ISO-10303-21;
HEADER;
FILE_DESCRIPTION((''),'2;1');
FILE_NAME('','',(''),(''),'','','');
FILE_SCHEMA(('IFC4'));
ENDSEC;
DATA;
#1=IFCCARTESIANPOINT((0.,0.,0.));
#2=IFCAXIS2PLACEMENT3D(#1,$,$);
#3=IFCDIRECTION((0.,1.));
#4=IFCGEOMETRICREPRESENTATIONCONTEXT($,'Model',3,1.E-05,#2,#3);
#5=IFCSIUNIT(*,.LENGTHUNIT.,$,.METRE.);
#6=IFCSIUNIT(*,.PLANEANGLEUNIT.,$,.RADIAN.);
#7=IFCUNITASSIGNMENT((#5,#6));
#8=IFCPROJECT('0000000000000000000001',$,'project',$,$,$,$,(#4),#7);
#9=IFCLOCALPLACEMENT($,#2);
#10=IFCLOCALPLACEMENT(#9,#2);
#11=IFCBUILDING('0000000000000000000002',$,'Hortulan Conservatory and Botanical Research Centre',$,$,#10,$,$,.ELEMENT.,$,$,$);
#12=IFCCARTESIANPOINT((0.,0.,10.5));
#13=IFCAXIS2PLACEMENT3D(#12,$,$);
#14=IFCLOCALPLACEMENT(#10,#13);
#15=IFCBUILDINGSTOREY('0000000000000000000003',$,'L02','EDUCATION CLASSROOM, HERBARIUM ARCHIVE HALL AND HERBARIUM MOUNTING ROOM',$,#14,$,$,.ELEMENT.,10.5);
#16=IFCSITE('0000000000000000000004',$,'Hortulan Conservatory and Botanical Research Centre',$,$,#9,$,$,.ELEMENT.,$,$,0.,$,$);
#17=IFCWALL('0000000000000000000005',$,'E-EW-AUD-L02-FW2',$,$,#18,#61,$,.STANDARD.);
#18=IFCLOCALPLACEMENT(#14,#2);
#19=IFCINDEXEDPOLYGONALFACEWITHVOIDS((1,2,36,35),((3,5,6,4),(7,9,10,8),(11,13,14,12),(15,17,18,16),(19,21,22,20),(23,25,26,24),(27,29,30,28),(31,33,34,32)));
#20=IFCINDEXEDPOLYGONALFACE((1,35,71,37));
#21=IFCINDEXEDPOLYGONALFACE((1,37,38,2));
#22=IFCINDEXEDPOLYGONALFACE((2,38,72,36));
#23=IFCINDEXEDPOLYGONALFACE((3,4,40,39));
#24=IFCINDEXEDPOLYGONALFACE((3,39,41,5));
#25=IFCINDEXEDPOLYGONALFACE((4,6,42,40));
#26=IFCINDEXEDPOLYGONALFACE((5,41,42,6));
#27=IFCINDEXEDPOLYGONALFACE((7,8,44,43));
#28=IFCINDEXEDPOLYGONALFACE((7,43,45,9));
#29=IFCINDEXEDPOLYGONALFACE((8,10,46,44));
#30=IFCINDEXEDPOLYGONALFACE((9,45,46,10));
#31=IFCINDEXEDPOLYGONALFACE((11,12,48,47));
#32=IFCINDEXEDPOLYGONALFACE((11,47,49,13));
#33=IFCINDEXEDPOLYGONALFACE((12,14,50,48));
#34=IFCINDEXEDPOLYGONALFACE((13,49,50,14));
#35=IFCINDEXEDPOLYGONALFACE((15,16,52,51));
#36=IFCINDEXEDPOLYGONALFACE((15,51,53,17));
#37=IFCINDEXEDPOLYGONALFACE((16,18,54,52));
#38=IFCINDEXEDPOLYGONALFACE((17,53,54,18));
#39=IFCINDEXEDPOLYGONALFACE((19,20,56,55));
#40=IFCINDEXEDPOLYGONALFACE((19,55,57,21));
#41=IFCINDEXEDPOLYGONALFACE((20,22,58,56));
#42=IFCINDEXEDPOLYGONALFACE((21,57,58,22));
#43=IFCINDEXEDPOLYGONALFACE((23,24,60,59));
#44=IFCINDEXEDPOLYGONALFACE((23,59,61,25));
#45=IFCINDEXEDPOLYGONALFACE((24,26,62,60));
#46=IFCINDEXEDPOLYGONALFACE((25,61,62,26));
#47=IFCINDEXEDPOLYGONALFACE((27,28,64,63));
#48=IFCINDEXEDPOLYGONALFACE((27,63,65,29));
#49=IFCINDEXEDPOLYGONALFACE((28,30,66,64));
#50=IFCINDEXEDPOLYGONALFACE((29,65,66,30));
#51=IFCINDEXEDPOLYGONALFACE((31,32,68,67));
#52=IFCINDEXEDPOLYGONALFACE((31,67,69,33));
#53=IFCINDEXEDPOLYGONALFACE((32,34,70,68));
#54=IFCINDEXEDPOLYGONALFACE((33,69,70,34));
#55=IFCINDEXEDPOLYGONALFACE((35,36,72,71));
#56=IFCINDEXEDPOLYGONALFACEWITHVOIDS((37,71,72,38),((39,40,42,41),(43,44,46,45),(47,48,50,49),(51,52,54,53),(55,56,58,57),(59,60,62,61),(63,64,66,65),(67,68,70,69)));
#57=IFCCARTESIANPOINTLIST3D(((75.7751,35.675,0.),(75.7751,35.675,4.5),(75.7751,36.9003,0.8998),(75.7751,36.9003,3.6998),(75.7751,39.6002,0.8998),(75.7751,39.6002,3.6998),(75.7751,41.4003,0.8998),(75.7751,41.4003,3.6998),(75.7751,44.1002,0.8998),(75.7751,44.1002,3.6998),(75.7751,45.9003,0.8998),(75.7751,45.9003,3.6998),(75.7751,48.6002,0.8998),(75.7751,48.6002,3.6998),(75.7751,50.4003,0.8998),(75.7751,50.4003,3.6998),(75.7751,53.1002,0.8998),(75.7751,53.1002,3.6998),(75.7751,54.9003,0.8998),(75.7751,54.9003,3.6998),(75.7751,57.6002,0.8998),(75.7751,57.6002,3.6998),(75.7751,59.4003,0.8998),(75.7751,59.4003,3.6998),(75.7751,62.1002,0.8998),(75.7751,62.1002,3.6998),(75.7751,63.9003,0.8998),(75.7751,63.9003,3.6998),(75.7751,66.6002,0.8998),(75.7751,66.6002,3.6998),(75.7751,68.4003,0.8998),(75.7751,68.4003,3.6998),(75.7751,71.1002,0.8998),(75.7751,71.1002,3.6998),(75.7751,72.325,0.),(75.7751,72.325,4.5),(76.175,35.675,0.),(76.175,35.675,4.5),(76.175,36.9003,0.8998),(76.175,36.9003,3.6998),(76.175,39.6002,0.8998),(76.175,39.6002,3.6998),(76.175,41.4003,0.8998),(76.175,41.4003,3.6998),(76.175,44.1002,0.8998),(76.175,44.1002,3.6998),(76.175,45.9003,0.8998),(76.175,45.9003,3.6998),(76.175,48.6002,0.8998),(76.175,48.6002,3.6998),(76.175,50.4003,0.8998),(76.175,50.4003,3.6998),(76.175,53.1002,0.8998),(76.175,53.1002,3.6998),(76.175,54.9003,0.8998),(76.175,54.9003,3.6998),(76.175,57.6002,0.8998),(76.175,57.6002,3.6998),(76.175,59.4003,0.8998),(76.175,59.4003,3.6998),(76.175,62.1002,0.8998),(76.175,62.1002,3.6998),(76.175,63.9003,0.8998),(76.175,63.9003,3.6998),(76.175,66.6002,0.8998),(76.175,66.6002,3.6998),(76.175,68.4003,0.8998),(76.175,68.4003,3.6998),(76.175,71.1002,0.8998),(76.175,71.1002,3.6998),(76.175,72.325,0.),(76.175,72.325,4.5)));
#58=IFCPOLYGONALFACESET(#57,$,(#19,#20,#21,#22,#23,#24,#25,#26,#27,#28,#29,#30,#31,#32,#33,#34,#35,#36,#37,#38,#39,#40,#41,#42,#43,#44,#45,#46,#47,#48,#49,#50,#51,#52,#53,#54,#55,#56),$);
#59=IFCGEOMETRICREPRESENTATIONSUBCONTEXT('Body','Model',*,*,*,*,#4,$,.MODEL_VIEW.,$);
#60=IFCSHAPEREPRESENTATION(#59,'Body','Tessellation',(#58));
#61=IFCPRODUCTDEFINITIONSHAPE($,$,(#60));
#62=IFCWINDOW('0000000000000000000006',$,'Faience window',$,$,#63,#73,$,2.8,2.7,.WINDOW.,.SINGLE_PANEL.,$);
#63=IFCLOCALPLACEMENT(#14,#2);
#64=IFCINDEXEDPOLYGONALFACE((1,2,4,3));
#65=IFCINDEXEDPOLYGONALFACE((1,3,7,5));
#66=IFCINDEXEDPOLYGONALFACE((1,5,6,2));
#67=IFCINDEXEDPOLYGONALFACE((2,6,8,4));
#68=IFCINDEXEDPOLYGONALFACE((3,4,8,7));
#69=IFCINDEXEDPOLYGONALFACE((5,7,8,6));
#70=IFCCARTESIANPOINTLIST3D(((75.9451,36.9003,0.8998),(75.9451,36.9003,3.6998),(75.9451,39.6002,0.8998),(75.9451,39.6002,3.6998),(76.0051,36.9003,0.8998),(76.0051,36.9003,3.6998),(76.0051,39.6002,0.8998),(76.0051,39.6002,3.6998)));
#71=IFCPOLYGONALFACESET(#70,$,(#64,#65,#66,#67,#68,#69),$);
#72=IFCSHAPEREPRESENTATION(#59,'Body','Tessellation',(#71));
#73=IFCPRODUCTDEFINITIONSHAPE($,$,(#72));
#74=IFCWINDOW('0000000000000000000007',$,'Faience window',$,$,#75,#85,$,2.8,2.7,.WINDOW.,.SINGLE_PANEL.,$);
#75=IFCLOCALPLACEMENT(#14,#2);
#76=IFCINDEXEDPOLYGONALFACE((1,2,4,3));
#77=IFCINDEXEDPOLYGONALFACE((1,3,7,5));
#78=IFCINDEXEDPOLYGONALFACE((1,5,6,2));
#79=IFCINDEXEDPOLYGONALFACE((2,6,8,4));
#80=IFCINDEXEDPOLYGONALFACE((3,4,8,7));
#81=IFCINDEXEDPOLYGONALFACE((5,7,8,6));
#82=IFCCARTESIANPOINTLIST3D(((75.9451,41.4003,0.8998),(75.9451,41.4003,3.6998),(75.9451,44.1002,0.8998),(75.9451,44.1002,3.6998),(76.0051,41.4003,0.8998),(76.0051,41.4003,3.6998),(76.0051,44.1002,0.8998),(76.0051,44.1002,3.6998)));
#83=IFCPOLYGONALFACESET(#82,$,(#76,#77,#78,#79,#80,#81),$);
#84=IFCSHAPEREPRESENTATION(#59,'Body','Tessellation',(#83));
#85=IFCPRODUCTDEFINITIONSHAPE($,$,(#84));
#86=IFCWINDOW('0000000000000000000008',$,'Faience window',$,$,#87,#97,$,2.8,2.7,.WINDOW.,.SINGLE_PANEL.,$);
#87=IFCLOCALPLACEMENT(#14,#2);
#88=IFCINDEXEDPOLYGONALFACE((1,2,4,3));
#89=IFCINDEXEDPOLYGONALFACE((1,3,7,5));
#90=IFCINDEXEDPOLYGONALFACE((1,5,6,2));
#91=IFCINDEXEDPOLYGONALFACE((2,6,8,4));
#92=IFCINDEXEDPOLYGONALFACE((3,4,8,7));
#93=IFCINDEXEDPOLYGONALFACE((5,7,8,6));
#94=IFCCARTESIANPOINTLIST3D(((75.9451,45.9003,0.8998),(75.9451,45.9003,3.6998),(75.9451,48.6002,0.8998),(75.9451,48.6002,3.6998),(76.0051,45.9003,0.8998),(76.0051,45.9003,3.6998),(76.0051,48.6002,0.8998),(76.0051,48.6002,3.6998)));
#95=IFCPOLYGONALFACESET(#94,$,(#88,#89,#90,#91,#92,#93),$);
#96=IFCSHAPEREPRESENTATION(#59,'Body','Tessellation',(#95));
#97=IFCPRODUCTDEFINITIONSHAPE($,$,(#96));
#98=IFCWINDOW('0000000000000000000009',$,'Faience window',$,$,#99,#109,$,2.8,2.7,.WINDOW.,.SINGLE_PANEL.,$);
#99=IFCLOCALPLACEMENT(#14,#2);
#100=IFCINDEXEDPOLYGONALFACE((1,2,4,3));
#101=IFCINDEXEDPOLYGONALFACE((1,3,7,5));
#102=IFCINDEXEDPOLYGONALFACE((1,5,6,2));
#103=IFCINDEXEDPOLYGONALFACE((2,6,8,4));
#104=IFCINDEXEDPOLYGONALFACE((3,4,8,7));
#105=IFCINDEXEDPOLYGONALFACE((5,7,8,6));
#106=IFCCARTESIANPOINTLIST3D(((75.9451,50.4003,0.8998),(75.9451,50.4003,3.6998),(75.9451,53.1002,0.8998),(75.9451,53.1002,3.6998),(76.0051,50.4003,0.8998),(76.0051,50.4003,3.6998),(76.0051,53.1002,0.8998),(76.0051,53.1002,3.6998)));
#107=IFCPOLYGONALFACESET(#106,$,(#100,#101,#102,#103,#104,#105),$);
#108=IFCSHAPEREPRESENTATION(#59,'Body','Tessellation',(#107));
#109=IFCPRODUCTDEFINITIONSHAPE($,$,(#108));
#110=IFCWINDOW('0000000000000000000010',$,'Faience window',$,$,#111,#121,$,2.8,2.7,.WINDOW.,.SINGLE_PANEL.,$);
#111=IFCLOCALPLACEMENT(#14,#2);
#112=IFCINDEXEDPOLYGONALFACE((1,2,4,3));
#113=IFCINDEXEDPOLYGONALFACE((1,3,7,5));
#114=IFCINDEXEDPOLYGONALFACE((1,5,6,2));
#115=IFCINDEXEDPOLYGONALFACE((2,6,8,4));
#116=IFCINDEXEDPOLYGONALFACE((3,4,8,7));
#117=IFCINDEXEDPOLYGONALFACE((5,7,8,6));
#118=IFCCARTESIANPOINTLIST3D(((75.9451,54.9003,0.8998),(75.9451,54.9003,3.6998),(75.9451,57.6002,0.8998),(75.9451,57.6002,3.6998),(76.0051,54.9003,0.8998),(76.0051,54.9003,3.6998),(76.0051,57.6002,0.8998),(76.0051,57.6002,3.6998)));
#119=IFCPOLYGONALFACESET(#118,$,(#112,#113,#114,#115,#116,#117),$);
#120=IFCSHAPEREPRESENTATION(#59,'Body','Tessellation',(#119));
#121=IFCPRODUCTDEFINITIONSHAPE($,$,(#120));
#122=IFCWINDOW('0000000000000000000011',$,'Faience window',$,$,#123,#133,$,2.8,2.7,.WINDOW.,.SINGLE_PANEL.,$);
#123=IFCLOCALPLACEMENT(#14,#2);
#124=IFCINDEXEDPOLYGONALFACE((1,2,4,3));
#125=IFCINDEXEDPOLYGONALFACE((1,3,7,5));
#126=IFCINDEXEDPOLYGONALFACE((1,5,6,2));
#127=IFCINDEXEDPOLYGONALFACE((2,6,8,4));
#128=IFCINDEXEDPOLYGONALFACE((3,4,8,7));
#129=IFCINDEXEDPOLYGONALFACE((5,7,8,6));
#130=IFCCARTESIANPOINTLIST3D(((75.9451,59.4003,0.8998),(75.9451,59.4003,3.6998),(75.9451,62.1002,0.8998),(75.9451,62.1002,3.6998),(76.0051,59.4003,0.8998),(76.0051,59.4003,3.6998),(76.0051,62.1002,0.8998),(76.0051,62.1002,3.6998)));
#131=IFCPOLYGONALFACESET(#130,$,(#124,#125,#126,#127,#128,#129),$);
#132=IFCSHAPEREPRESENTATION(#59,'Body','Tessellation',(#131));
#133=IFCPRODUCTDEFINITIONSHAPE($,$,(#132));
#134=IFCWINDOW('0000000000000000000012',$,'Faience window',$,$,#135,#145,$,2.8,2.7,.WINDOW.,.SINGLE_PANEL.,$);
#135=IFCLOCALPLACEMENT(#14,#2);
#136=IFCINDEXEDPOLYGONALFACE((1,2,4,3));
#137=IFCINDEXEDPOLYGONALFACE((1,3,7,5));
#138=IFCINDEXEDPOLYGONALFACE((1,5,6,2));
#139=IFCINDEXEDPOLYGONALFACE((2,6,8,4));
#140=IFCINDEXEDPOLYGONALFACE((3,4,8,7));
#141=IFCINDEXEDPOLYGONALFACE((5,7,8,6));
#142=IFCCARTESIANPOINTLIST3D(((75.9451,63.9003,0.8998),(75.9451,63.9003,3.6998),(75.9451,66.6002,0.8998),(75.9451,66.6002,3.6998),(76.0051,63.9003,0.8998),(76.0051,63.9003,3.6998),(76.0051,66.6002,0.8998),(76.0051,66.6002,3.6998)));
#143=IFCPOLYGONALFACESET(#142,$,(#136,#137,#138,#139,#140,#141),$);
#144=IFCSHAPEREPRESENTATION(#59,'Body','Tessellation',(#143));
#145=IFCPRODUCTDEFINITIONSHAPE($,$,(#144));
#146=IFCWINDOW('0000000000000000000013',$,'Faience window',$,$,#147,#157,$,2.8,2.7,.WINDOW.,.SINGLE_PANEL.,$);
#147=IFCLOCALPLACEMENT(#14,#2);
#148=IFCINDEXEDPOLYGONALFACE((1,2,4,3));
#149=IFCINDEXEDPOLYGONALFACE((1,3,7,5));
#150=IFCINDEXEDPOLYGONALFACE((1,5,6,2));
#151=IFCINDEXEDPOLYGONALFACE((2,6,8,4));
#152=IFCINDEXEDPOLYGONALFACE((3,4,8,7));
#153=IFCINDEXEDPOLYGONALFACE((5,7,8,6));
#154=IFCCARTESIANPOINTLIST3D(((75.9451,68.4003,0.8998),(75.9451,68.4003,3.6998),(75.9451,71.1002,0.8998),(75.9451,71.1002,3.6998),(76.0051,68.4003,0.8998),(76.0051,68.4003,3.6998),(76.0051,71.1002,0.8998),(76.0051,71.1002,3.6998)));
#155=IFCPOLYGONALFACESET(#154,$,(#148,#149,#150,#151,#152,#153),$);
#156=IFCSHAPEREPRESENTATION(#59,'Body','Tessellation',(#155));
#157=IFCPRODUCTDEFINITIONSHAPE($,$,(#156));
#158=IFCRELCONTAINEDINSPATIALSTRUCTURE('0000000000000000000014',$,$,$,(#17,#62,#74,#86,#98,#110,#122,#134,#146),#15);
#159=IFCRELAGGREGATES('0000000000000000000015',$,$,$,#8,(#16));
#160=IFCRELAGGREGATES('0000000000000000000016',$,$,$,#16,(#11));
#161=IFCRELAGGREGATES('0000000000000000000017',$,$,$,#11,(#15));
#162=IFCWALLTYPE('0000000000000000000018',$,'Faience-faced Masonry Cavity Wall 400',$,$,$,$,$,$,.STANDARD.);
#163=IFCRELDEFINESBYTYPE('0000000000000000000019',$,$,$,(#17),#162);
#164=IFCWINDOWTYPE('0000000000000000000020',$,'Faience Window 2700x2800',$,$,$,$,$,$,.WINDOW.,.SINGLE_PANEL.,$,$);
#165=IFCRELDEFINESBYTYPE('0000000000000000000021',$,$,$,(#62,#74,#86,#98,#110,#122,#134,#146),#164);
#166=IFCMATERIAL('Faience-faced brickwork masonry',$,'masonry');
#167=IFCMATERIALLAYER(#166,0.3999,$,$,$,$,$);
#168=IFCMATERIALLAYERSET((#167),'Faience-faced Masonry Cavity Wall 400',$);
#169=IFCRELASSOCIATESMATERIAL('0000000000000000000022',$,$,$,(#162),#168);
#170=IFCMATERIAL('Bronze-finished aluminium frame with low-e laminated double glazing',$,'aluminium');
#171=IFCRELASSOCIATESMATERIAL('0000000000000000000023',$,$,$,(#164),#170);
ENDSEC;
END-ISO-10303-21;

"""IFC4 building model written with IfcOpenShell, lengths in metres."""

from ifc_helpers import new_model, si_unit, direction, frame, frame_2d, origin, place, context, subcontext, project, spatial, rectangle, extrude, material, layer, layer_set, type_object, element, fill, save


model = new_model("IFC4")

# Units and contexts
model_context = context("Model", 3, precision=1e-05, world=origin(), true_north=direction((0.0, 1.0)))
body_context = subcontext(model_context, "Body", "Model", "MODEL_VIEW")
ifc_project = project(units=[si_unit("LENGTHUNIT", "METRE"), si_unit("PLANEANGLEUNIT", "RADIAN")], contexts=[model_context])

# Site, building, storey
site_placement = place(None, origin())
site = spatial("IfcSite", under=ifc_project, at=site_placement, Name="Hortulan Conservatory and Botanical Research Centre", CompositionType="ELEMENT", RefElevation=0.0)
building_placement = place(site_placement, origin())
building = spatial("IfcBuilding", under=site, at=building_placement, Name="Hortulan Conservatory and Botanical Research Centre", CompositionType="ELEMENT")
storey_placement = place(building_placement, frame((0.0, 0.0, 10.5)))
storey = spatial("IfcBuildingStorey", under=building, at=storey_placement, Name="L02", Description="EDUCATION CLASSROOM, HERBARIUM ARCHIVE HALL AND HERBARIUM MOUNTING ROOM", CompositionType="ELEMENT", Elevation=10.5)

# Wall, openings, windows
ifc_material_1 = material(Name="Faience-faced brickwork masonry", Category="masonry")
ifc_layer_1 = layer(ifc_material_1, 0.3999)
ifc_layer_set_1 = layer_set([ifc_layer_1], Name="Faience-faced Masonry Cavity Wall 400")
wall_type_1 = type_object("IfcWallType", Name="Faience-faced Masonry Cavity Wall 400", PredefinedType="STANDARD", material=ifc_layer_set_1)
wall_1_placement = place(storey_placement, frame((75.9751, 35.675, 0.0), z_axis=(0.0, 0.0, 1.0), x_axis=(0.0, 1.0, 0.0)))
wall_1 = element("IfcWall", 1, at=wall_1_placement, inside=storey, type_object=wall_type_1, Name="E-EW-AUD-L02-FW2", PredefinedType="STANDARD", context=body_context, shape_type="SweptSolid", body=[
    extrude(rectangle(XDim=36.6499, YDim=0.3999, at=frame_2d((18.325, 0.0))), origin(), (0.0, 0.0, 1.0), 4.5),
])
opening_1_placement = place(wall_1_placement, frame((1.2251, 0.0, 0.8999)))
opening_1 = element("IfcOpeningElement", 2, at=opening_1_placement, cuts=wall_1, PredefinedType="OPENING", context=body_context, shape_type="SweptSolid", body=[
    extrude(rectangle(XDim=2.7, YDim=2.8, at=frame_2d((1.3501, 1.3999))), frame((0.0, 0.21, 0.0), z_axis=(0.0, -1.0, 0.0), x_axis=(1.0, 0.0, 0.0)), (0.0, 0.0, 1.0), 0.4199),
])
opening_2_placement = place(wall_1_placement, frame((5.7251, 0.0, 0.8999)))
opening_2 = element("IfcOpeningElement", 3, at=opening_2_placement, cuts=wall_1, PredefinedType="OPENING", context=body_context, shape_type="SweptSolid", body=[
    extrude(rectangle(XDim=2.7, YDim=2.8, at=frame_2d((1.3501, 1.3999))), frame((0.0, 0.21, 0.0), z_axis=(0.0, -1.0, 0.0), x_axis=(1.0, 0.0, 0.0)), (0.0, 0.0, 1.0), 0.4199),
])
opening_3_placement = place(wall_1_placement, frame((10.2251, 0.0, 0.8999)))
opening_3 = element("IfcOpeningElement", 4, at=opening_3_placement, cuts=wall_1, PredefinedType="OPENING", context=body_context, shape_type="SweptSolid", body=[
    extrude(rectangle(XDim=2.7, YDim=2.8, at=frame_2d((1.3501, 1.3999))), frame((0.0, 0.21, 0.0), z_axis=(0.0, -1.0, 0.0), x_axis=(1.0, 0.0, 0.0)), (0.0, 0.0, 1.0), 0.4199),
])
opening_4_placement = place(wall_1_placement, frame((14.7251, 0.0, 0.8999)))
opening_4 = element("IfcOpeningElement", 5, at=opening_4_placement, cuts=wall_1, PredefinedType="OPENING", context=body_context, shape_type="SweptSolid", body=[
    extrude(rectangle(XDim=2.7, YDim=2.8, at=frame_2d((1.3501, 1.3999))), frame((0.0, 0.21, 0.0), z_axis=(0.0, -1.0, 0.0), x_axis=(1.0, 0.0, 0.0)), (0.0, 0.0, 1.0), 0.4199),
])
opening_5_placement = place(wall_1_placement, frame((19.2251, 0.0, 0.8999)))
opening_5 = element("IfcOpeningElement", 6, at=opening_5_placement, cuts=wall_1, PredefinedType="OPENING", context=body_context, shape_type="SweptSolid", body=[
    extrude(rectangle(XDim=2.7, YDim=2.8, at=frame_2d((1.3501, 1.3999))), frame((0.0, 0.21, 0.0), z_axis=(0.0, -1.0, 0.0), x_axis=(1.0, 0.0, 0.0)), (0.0, 0.0, 1.0), 0.4199),
])
opening_6_placement = place(wall_1_placement, frame((23.7251, 0.0, 0.8999)))
opening_6 = element("IfcOpeningElement", 7, at=opening_6_placement, cuts=wall_1, PredefinedType="OPENING", context=body_context, shape_type="SweptSolid", body=[
    extrude(rectangle(XDim=2.7, YDim=2.8, at=frame_2d((1.3501, 1.3999))), frame((0.0, 0.21, 0.0), z_axis=(0.0, -1.0, 0.0), x_axis=(1.0, 0.0, 0.0)), (0.0, 0.0, 1.0), 0.4199),
])
opening_7_placement = place(wall_1_placement, frame((28.2251, 0.0, 0.8999)))
opening_7 = element("IfcOpeningElement", 8, at=opening_7_placement, cuts=wall_1, PredefinedType="OPENING", context=body_context, shape_type="SweptSolid", body=[
    extrude(rectangle(XDim=2.7, YDim=2.8, at=frame_2d((1.3501, 1.3999))), frame((0.0, 0.21, 0.0), z_axis=(0.0, -1.0, 0.0), x_axis=(1.0, 0.0, 0.0)), (0.0, 0.0, 1.0), 0.4199),
])
opening_8_placement = place(wall_1_placement, frame((32.7251, 0.0, 0.8999)))
opening_8 = element("IfcOpeningElement", 9, at=opening_8_placement, cuts=wall_1, PredefinedType="OPENING", context=body_context, shape_type="SweptSolid", body=[
    extrude(rectangle(XDim=2.7, YDim=2.8, at=frame_2d((1.3501, 1.3999))), frame((0.0, 0.21, 0.0), z_axis=(0.0, -1.0, 0.0), x_axis=(1.0, 0.0, 0.0)), (0.0, 0.0, 1.0), 0.4199),
])
ifc_material_2 = material(Name="Bronze-finished aluminium frame with low-e laminated double glazing", Category="aluminium")
window_type = type_object("IfcWindowType", Name="Faience Window 2700x2800", PartitioningType="SINGLE_PANEL", PredefinedType="WINDOW", material=ifc_material_2)
window_1_placement = place(opening_1_placement, origin())
window_1 = element("IfcWindow", 10, at=window_1_placement, inside=storey, type_object=window_type, Name="Faience window", OverallHeight=2.8, OverallWidth=2.7, PartitioningType="SINGLE_PANEL", PredefinedType="WINDOW", context=body_context, shape_type="SweptSolid", body=[
    extrude(rectangle(XDim=2.7, YDim=2.8, at=frame_2d((1.3501, 1.3999))), frame((0.0, 0.03, 0.0), z_axis=(0.0, -1.0, 0.0), x_axis=(1.0, 0.0, 0.0)), (0.0, 0.0, 1.0), 0.0601),
])
fill(opening_1, window_1)
window_2_placement = place(opening_2_placement, origin())
window_2 = element("IfcWindow", 11, at=window_2_placement, inside=storey, type_object=window_type, Name="Faience window", OverallHeight=2.8, OverallWidth=2.7, PartitioningType="SINGLE_PANEL", PredefinedType="WINDOW", context=body_context, shape_type="SweptSolid", body=[
    extrude(rectangle(XDim=2.7, YDim=2.8, at=frame_2d((1.3501, 1.3999))), frame((0.0, 0.03, 0.0), z_axis=(0.0, -1.0, 0.0), x_axis=(1.0, 0.0, 0.0)), (0.0, 0.0, 1.0), 0.0601),
])
fill(opening_2, window_2)
window_3_placement = place(opening_3_placement, origin())
window_3 = element("IfcWindow", 12, at=window_3_placement, inside=storey, type_object=window_type, Name="Faience window", OverallHeight=2.8, OverallWidth=2.7, PartitioningType="SINGLE_PANEL", PredefinedType="WINDOW", context=body_context, shape_type="SweptSolid", body=[
    extrude(rectangle(XDim=2.7, YDim=2.8, at=frame_2d((1.3501, 1.3999))), frame((0.0, 0.03, 0.0), z_axis=(0.0, -1.0, 0.0), x_axis=(1.0, 0.0, 0.0)), (0.0, 0.0, 1.0), 0.0601),
])
fill(opening_3, window_3)
window_4_placement = place(opening_4_placement, origin())
window_4 = element("IfcWindow", 13, at=window_4_placement, inside=storey, type_object=window_type, Name="Faience window", OverallHeight=2.8, OverallWidth=2.7, PartitioningType="SINGLE_PANEL", PredefinedType="WINDOW", context=body_context, shape_type="SweptSolid", body=[
    extrude(rectangle(XDim=2.7, YDim=2.8, at=frame_2d((1.3501, 1.3999))), frame((0.0, 0.03, 0.0), z_axis=(0.0, -1.0, 0.0), x_axis=(1.0, 0.0, 0.0)), (0.0, 0.0, 1.0), 0.0601),
])
fill(opening_4, window_4)
window_5_placement = place(opening_5_placement, origin())
window_5 = element("IfcWindow", 14, at=window_5_placement, inside=storey, type_object=window_type, Name="Faience window", OverallHeight=2.8, OverallWidth=2.7, PartitioningType="SINGLE_PANEL", PredefinedType="WINDOW", context=body_context, shape_type="SweptSolid", body=[
    extrude(rectangle(XDim=2.7, YDim=2.8, at=frame_2d((1.3501, 1.3999))), frame((0.0, 0.03, 0.0), z_axis=(0.0, -1.0, 0.0), x_axis=(1.0, 0.0, 0.0)), (0.0, 0.0, 1.0), 0.0601),
])
fill(opening_5, window_5)
window_6_placement = place(opening_6_placement, origin())
window_6 = element("IfcWindow", 15, at=window_6_placement, inside=storey, type_object=window_type, Name="Faience window", OverallHeight=2.8, OverallWidth=2.7, PartitioningType="SINGLE_PANEL", PredefinedType="WINDOW", context=body_context, shape_type="SweptSolid", body=[
    extrude(rectangle(XDim=2.7, YDim=2.8, at=frame_2d((1.3501, 1.3999))), frame((0.0, 0.03, 0.0), z_axis=(0.0, -1.0, 0.0), x_axis=(1.0, 0.0, 0.0)), (0.0, 0.0, 1.0), 0.0601),
])
fill(opening_6, window_6)
window_7_placement = place(opening_7_placement, origin())
window_7 = element("IfcWindow", 16, at=window_7_placement, inside=storey, type_object=window_type, Name="Faience window", OverallHeight=2.8, OverallWidth=2.7, PartitioningType="SINGLE_PANEL", PredefinedType="WINDOW", context=body_context, shape_type="SweptSolid", body=[
    extrude(rectangle(XDim=2.7, YDim=2.8, at=frame_2d((1.3501, 1.3999))), frame((0.0, 0.03, 0.0), z_axis=(0.0, -1.0, 0.0), x_axis=(1.0, 0.0, 0.0)), (0.0, 0.0, 1.0), 0.0601),
])
fill(opening_7, window_7)
window_8_placement = place(opening_8_placement, origin())
window_8 = element("IfcWindow", 17, at=window_8_placement, inside=storey, type_object=window_type, Name="Faience window", OverallHeight=2.8, OverallWidth=2.7, PartitioningType="SINGLE_PANEL", PredefinedType="WINDOW", context=body_context, shape_type="SweptSolid", body=[
    extrude(rectangle(XDim=2.7, YDim=2.8, at=frame_2d((1.3501, 1.3999))), frame((0.0, 0.03, 0.0), z_axis=(0.0, -1.0, 0.0), x_axis=(1.0, 0.0, 0.0)), (0.0, 0.0, 1.0), 0.0601),
])
fill(opening_8, window_8)

save(model, "model.ifc")
